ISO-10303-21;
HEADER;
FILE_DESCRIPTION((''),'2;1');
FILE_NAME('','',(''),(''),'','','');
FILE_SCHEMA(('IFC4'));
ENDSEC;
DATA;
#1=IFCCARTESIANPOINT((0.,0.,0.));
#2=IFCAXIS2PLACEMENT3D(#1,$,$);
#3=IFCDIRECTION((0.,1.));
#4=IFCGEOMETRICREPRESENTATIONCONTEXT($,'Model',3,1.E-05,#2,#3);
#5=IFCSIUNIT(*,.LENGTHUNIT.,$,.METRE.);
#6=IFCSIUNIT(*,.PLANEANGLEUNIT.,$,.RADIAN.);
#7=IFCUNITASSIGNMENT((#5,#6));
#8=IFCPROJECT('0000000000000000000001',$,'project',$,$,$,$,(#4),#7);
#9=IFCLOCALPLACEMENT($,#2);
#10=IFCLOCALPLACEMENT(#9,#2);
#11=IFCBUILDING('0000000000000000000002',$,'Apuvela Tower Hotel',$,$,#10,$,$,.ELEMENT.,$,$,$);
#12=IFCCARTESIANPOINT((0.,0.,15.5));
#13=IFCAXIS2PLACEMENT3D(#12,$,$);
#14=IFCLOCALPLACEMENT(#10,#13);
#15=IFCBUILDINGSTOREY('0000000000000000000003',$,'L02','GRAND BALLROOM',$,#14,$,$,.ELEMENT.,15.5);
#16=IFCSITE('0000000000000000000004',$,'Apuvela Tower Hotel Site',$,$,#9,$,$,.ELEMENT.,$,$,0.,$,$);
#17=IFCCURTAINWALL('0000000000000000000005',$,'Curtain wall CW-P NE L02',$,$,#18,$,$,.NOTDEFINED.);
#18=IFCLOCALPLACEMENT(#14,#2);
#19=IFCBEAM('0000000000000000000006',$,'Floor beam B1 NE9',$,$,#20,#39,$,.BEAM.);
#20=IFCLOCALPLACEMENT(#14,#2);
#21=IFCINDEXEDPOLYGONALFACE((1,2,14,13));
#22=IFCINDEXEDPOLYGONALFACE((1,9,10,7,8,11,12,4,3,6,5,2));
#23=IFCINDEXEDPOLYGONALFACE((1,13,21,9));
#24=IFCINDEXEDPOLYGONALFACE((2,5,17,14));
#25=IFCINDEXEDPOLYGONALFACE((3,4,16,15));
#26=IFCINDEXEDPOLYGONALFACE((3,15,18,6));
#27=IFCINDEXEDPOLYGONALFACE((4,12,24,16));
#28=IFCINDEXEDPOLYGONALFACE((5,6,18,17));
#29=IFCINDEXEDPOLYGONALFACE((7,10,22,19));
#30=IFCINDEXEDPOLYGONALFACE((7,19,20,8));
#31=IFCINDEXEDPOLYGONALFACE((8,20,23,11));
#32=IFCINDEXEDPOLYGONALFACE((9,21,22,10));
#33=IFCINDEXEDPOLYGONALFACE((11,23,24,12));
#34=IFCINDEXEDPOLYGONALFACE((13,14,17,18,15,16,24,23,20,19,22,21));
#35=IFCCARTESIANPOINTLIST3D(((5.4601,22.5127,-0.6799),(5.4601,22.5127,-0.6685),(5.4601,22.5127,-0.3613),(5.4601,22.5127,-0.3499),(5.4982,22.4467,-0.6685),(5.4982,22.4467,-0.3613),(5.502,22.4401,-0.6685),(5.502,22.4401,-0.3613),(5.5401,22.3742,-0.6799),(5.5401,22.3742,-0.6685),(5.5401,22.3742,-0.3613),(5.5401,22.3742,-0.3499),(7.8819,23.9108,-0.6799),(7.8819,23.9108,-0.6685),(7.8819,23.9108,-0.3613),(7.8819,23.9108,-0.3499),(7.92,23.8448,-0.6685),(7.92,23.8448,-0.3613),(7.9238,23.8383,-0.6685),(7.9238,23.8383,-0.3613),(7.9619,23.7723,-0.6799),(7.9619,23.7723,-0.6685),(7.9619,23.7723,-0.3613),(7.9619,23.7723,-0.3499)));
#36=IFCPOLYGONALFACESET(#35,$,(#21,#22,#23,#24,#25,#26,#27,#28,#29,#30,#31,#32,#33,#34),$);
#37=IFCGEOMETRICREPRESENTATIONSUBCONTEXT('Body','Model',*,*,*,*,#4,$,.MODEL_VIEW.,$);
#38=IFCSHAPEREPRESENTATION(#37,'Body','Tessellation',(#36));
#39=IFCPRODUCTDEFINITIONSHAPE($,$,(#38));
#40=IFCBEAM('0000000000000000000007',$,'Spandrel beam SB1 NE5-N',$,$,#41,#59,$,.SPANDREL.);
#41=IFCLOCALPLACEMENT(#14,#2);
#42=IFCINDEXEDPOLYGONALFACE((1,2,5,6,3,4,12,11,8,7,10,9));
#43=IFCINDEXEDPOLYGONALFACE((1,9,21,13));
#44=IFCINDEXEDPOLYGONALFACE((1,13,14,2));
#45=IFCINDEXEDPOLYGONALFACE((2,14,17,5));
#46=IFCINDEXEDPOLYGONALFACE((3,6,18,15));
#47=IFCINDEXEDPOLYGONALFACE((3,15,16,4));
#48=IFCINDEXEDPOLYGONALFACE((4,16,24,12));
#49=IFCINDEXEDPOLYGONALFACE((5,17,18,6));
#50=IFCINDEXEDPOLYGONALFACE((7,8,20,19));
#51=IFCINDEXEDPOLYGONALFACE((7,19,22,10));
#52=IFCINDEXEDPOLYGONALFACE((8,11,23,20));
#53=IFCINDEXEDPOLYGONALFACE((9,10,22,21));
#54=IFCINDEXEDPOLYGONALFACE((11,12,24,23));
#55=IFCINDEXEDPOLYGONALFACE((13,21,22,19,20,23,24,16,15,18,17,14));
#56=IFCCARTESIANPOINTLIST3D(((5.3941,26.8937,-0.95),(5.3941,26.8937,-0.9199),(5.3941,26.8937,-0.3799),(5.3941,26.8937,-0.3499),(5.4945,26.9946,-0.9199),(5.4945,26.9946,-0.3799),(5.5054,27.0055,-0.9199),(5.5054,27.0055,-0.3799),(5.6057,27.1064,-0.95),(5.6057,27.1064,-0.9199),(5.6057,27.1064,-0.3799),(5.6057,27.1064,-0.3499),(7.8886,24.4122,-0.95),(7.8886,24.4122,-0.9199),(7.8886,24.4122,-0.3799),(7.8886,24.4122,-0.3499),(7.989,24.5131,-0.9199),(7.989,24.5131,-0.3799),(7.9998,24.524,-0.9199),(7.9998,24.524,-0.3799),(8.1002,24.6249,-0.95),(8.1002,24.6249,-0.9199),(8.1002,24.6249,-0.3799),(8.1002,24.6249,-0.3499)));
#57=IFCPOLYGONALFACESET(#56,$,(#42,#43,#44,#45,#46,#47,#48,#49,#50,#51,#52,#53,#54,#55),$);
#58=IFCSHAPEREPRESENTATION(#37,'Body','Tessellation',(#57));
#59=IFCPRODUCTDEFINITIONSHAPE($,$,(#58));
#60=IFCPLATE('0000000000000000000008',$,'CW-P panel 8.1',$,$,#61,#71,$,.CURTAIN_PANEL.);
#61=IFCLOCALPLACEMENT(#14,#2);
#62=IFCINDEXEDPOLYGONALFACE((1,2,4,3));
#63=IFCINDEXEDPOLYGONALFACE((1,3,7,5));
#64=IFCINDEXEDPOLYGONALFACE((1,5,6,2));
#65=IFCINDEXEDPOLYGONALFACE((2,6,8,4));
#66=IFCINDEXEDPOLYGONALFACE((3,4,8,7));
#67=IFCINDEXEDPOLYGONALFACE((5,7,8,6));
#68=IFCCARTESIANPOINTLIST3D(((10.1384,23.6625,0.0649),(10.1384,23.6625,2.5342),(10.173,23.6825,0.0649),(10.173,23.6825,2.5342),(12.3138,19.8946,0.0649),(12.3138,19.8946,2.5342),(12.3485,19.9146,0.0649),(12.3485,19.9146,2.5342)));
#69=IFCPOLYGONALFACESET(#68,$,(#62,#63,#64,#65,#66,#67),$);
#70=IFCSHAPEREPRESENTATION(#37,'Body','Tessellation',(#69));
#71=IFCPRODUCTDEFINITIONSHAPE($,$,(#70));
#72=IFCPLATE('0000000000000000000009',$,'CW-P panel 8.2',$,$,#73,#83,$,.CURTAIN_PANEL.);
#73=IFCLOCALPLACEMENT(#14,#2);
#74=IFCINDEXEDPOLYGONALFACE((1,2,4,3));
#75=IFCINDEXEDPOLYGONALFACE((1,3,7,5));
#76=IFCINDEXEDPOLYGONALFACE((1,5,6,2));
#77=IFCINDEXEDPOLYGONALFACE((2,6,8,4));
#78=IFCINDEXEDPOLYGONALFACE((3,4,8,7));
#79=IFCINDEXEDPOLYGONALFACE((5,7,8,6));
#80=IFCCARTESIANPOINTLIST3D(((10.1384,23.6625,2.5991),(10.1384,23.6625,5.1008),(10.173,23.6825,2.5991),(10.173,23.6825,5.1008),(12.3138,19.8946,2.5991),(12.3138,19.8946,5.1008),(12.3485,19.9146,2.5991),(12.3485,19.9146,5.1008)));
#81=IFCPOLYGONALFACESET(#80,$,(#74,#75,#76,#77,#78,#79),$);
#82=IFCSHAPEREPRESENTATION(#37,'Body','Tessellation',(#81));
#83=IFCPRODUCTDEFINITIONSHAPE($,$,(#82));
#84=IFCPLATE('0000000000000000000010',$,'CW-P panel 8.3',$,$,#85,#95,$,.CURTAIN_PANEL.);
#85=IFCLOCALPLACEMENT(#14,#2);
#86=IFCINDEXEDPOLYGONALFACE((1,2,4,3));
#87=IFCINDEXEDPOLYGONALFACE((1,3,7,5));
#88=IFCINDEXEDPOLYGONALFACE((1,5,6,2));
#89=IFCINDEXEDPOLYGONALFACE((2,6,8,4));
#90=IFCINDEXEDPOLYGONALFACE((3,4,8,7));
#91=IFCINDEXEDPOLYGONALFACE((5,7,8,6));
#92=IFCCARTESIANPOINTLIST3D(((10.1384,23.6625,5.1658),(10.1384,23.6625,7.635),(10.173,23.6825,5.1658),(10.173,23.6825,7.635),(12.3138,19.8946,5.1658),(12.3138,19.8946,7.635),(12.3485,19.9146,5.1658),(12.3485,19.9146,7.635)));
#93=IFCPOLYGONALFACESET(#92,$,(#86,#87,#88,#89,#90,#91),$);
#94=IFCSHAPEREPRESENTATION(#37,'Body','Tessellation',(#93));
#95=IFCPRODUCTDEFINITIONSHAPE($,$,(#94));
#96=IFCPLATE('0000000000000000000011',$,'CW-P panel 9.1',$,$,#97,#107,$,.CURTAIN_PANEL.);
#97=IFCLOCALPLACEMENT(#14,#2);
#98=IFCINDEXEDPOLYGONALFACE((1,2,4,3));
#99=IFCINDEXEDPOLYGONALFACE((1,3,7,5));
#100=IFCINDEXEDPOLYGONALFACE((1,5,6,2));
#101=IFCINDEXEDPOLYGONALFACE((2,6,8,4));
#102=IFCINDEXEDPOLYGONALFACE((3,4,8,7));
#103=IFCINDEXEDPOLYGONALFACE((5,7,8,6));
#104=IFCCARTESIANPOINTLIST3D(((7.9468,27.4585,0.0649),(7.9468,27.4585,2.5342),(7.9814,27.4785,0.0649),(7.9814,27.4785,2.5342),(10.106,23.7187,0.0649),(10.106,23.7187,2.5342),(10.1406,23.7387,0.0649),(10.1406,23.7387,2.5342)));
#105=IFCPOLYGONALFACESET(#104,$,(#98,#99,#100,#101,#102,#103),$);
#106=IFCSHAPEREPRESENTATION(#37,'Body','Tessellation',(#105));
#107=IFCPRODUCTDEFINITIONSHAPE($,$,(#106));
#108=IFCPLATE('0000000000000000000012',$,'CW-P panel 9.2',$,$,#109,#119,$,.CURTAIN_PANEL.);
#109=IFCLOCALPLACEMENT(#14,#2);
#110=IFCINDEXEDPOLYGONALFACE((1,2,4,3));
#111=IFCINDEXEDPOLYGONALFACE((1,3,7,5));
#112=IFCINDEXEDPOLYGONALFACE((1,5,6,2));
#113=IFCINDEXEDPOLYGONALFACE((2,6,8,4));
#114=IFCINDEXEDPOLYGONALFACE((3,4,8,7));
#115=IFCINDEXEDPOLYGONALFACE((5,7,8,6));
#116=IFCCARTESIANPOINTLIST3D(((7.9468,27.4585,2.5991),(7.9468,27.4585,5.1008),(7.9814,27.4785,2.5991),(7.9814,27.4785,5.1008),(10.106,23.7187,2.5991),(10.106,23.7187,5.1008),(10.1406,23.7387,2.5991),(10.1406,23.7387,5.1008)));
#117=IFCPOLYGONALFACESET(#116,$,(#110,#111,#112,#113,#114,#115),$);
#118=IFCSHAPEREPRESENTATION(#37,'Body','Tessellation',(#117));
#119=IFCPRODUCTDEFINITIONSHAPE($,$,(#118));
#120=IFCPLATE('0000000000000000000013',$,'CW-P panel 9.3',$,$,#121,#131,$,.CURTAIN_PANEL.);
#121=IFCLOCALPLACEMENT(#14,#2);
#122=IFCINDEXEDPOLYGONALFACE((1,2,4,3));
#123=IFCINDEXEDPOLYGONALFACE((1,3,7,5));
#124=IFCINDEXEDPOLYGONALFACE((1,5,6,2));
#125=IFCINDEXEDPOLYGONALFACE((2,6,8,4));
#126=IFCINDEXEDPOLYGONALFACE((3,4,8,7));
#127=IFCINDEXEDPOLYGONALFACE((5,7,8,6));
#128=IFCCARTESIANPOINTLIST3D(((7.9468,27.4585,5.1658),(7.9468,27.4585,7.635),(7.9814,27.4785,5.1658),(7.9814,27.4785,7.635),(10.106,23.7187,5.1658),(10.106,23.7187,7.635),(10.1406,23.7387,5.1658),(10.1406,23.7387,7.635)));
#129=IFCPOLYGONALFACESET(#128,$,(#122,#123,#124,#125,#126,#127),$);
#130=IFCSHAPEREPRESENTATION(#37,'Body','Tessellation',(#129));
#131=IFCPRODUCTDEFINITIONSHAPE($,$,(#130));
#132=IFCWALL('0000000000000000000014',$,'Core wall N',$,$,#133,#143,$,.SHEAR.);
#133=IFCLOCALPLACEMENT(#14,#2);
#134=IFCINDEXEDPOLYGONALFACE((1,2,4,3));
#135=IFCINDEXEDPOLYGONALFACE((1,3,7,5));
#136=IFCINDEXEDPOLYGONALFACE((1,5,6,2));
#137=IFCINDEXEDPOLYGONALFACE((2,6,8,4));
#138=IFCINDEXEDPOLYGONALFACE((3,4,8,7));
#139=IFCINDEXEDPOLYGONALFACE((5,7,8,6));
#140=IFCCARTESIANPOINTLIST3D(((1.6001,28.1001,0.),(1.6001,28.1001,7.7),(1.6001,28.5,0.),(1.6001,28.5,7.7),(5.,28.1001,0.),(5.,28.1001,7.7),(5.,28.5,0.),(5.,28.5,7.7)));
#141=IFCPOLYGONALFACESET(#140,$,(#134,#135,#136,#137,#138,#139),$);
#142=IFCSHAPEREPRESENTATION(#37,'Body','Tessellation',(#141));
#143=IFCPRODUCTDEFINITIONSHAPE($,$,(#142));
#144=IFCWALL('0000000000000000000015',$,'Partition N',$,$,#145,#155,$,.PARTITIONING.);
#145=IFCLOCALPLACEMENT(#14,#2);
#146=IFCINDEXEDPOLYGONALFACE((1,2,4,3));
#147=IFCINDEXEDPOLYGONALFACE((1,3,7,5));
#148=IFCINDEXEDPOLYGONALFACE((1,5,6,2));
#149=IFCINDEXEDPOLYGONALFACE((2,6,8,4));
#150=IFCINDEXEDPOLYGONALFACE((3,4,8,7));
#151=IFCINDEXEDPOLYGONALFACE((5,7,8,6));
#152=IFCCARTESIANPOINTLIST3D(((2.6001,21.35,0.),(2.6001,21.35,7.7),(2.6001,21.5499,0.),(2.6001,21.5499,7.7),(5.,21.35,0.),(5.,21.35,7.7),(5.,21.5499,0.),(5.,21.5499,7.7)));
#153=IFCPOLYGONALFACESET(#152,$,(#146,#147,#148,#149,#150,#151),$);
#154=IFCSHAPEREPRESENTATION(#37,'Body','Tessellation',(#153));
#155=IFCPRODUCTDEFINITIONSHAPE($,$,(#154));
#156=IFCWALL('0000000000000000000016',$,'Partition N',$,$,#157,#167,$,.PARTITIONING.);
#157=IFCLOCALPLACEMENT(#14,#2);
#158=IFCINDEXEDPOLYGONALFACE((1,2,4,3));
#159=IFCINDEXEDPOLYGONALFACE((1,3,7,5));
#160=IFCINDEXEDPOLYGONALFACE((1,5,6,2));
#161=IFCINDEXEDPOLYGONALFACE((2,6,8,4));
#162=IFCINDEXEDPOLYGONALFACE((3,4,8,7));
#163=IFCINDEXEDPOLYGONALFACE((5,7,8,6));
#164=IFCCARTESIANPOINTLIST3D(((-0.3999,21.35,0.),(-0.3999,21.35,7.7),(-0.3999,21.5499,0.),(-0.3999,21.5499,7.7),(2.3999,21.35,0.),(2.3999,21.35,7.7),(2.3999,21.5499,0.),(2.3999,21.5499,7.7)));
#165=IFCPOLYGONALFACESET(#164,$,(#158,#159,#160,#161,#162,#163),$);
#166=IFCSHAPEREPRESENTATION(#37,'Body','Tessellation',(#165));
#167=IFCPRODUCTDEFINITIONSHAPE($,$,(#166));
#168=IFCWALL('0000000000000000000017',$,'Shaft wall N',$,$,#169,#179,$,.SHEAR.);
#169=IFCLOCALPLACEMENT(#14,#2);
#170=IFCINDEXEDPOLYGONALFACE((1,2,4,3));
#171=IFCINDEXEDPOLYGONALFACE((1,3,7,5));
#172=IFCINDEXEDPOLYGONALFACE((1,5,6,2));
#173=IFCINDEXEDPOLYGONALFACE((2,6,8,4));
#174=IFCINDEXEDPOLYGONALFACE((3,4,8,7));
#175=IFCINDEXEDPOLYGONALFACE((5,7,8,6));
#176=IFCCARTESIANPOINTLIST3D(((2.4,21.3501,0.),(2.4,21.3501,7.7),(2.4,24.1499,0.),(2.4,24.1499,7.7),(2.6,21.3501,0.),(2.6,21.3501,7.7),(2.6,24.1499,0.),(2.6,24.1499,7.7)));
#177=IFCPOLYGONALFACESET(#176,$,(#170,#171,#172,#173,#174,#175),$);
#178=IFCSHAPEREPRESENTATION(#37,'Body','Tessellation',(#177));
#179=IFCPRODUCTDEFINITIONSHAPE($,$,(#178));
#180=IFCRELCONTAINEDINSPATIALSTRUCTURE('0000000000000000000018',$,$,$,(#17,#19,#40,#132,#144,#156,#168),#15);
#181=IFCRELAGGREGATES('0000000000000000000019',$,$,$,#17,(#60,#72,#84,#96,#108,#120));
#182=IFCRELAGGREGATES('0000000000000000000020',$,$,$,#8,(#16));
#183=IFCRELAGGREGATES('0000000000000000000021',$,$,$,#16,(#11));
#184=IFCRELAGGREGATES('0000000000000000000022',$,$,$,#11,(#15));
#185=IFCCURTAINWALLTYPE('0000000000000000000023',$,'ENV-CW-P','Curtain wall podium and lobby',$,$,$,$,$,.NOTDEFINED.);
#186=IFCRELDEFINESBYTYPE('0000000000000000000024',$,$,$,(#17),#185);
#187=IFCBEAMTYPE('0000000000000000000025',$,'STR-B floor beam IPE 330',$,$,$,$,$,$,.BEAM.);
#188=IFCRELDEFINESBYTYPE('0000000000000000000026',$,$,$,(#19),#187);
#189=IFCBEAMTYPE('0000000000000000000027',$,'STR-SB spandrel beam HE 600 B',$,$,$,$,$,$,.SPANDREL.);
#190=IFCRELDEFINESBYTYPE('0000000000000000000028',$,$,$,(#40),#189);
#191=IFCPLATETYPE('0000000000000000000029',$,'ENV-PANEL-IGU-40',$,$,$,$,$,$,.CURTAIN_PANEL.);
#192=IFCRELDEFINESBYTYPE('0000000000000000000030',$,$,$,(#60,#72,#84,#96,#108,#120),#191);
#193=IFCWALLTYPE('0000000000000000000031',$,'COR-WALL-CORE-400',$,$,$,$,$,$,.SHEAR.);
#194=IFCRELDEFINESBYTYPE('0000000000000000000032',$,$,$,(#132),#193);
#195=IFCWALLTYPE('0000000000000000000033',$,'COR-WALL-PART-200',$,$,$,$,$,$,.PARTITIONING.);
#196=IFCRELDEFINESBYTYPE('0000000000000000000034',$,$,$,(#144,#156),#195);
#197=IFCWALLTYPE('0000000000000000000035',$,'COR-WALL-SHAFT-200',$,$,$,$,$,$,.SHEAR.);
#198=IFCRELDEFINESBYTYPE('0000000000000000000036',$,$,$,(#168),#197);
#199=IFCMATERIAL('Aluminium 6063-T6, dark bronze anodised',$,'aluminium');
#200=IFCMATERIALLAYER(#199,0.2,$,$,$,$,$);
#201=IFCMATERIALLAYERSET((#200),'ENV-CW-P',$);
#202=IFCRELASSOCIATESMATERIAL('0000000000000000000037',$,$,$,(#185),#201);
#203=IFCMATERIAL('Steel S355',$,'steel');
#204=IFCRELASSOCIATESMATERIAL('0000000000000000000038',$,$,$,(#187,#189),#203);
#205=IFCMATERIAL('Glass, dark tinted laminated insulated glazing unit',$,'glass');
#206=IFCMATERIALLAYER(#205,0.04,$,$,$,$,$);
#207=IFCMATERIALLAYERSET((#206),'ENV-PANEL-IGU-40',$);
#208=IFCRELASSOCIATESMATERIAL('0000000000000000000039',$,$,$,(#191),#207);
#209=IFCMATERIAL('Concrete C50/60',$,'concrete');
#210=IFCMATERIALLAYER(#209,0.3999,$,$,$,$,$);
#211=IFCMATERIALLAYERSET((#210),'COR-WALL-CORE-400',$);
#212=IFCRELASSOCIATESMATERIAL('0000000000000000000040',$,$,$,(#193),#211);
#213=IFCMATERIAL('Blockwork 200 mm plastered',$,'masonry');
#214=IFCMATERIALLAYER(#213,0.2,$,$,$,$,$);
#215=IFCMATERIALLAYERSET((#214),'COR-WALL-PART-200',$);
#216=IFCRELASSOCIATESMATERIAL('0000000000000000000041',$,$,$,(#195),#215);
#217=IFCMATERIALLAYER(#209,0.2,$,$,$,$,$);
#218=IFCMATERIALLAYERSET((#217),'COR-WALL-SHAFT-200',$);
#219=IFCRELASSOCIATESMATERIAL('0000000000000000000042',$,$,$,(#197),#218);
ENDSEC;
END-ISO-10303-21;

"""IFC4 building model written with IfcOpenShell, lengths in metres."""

from ifc_helpers import new_model, si_unit, direction, frame, frame_2d, origin, origin_2d, place, context, subcontext, project, spatial, rectangle, i_section, extrude, material, layer, layer_set, material_profile, profile_set, type_object, element, aggregate, save


model = new_model("IFC4")

# Units and contexts
model_context = context("Model", 3, precision=1e-05, world=origin(), true_north=direction((0.0, 1.0)))
body_context = subcontext(model_context, "Body", "Model", "MODEL_VIEW")
ifc_project = project(units=[si_unit("LENGTHUNIT", "METRE"), si_unit("PLANEANGLEUNIT", "RADIAN")], contexts=[model_context])

# Site, building, storey
site_placement = place(None, origin())
site = spatial("IfcSite", under=ifc_project, at=site_placement, Name="Apuvela Tower Hotel Site", CompositionType="ELEMENT", RefElevation=0.0)
building_placement = place(site_placement, origin())
building = spatial("IfcBuilding", under=site, at=building_placement, Name="Apuvela Tower Hotel", CompositionType="ELEMENT")
storey_placement = place(building_placement, frame((0.0, 0.0, 15.5)))
storey = spatial("IfcBuildingStorey", under=building, at=storey_placement, Name="L02", Description="GRAND BALLROOM", CompositionType="ELEMENT", Elevation=15.5)

# Curtain wall
ifc_material_1 = material(Name="Aluminium 6063-T6, dark bronze anodised", Category="aluminium")
ifc_layer_1 = layer(ifc_material_1, 0.2)
ifc_layer_set_1 = layer_set([ifc_layer_1], Name="ENV-CW-P")
curtain_wall_type = type_object("IfcCurtainWallType", Name="ENV-CW-P", Description="Curtain wall podium and lobby", PredefinedType="NOTDEFINED", material=ifc_layer_set_1)
curtain_wall_placement = place(storey_placement, origin())
curtain_wall = element("IfcCurtainWall", 1, at=curtain_wall_placement, inside=storey, type_object=curtain_wall_type, Name="Curtain wall CW-P NE L02", PredefinedType="NOTDEFINED")

# Beams
ifc_material_2 = material(Name="Steel S355", Category="steel")
ifc_material_profile_1 = material_profile(ifc_material_2, i_section(OverallWidth=0.1599, OverallDepth=0.3301, WebThickness=0.0076, FlangeThickness=0.0115, at=origin_2d()), Name="IPE 330")
ifc_profile_set_1 = profile_set([ifc_material_profile_1], Name="Steel S355")
beam_type_1 = type_object("IfcBeamType", Name="STR-B floor beam IPE 330", PredefinedType="BEAM", material=ifc_profile_set_1)
beam_1_placement = place(storey_placement, frame((7.9219, 23.8416, -0.5149), z_axis=(-0.866037, -0.499979, 0.0), x_axis=(0.499979, -0.866037, 0.0)))
element("IfcBeam", 2, at=beam_1_placement, inside=storey, type_object=beam_type_1, Name="Floor beam B1 NE9", PredefinedType="BEAM", context=body_context, shape_type="SweptSolid", body=[
    extrude(i_section(OverallWidth=0.1599, OverallDepth=0.3301, WebThickness=0.0076, FlangeThickness=0.0115, at=origin_2d()), origin(), (0.0, 0.0, 1.0), 2.7964),
])
ifc_material_profile_2 = material_profile(ifc_material_2, i_section(OverallWidth=0.3, OverallDepth=0.6001, WebThickness=0.0154, FlangeThickness=0.03, at=origin_2d()), Name="HE 600 B")
ifc_profile_set_2 = profile_set([ifc_material_profile_2], Name="Steel S355")
beam_type_2 = type_object("IfcBeamType", Name="STR-SB spandrel beam HE 600 B", PredefinedType="SPANDREL", material=ifc_profile_set_2)
beam_2_placement = place(storey_placement, frame((7.9944, 24.5186, -0.6499), z_axis=(-0.708943, 0.705266, 0.0), x_axis=(-0.705266, -0.708943, 0.0)))
element("IfcBeam", 3, at=beam_2_placement, inside=storey, type_object=beam_type_2, Name="Spandrel beam SB1 NE5-N", PredefinedType="SPANDREL", context=body_context, shape_type="SweptSolid", body=[
    extrude(i_section(OverallWidth=0.3, OverallDepth=0.6001, WebThickness=0.0154, FlangeThickness=0.03, at=origin_2d()), origin(), (0.0, 0.0, 1.0), 3.5186),
])

# Plates
ifc_material_3 = material(Name="Glass, dark tinted laminated insulated glazing unit", Category="glass")
ifc_layer_2 = layer(ifc_material_3, 0.04)
ifc_layer_set_2 = layer_set([ifc_layer_2], Name="ENV-PANEL-IGU-40")
plate_type = type_object("IfcPlateType", Name="ENV-PANEL-IGU-40", PredefinedType="CURTAIN_PANEL", material=ifc_layer_set_2)
plate_1_placement = place(storey_placement, frame((11.2434, 21.7886, 0.0649), z_axis=(0.0, 0.0, 1.0), x_axis=(-0.500001, 0.866025, 0.0)))
plate_1 = element("IfcPlate", 4, at=plate_1_placement, type_object=plate_type, Name="CW-P panel 8.1", PredefinedType="CURTAIN_PANEL", context=body_context, shape_type="SweptSolid", body=[
    extrude(rectangle(XDim=4.3508, YDim=0.04, at=origin_2d()), origin(), (0.0, 0.0, 1.0), 2.4692),
])
plate_2_placement = place(storey_placement, frame((11.2434, 21.7886, 2.5991), z_axis=(0.0, 0.0, 1.0), x_axis=(-0.500001, 0.866025, 0.0)))
plate_2 = element("IfcPlate", 5, at=plate_2_placement, type_object=plate_type, Name="CW-P panel 8.2", PredefinedType="CURTAIN_PANEL", context=body_context, shape_type="SweptSolid", body=[
    extrude(rectangle(XDim=4.3508, YDim=0.04, at=origin_2d()), origin(), (0.0, 0.0, 1.0), 2.5017),
])
plate_3_placement = place(storey_placement, frame((11.2434, 21.7886, 5.1658), z_axis=(0.0, 0.0, 1.0), x_axis=(-0.500001, 0.866025, 0.0)))
plate_3 = element("IfcPlate", 6, at=plate_3_placement, type_object=plate_type, Name="CW-P panel 8.3", PredefinedType="CURTAIN_PANEL", context=body_context, shape_type="SweptSolid", body=[
    extrude(rectangle(XDim=4.3508, YDim=0.04, at=origin_2d()), origin(), (0.0, 0.0, 1.0), 2.4692),
])
plate_4_placement = place(storey_placement, frame((9.0437, 25.5986, 0.0649), z_axis=(0.0, 0.0, 1.0), x_axis=(-0.500001, 0.866025, 0.0)))
plate_4 = element("IfcPlate", 7, at=plate_4_placement, type_object=plate_type, Name="CW-P panel 9.1", PredefinedType="CURTAIN_PANEL", context=body_context, shape_type="SweptSolid", body=[
    extrude(rectangle(XDim=4.3184, YDim=0.04, at=origin_2d()), origin(), (0.0, 0.0, 1.0), 2.4692),
])
plate_5_placement = place(storey_placement, frame((9.0437, 25.5986, 2.5991), z_axis=(0.0, 0.0, 1.0), x_axis=(-0.500001, 0.866025, 0.0)))
plate_5 = element("IfcPlate", 8, at=plate_5_placement, type_object=plate_type, Name="CW-P panel 9.2", PredefinedType="CURTAIN_PANEL", context=body_context, shape_type="SweptSolid", body=[
    extrude(rectangle(XDim=4.3184, YDim=0.04, at=origin_2d()), origin(), (0.0, 0.0, 1.0), 2.5017),
])
plate_6_placement = place(storey_placement, frame((9.0437, 25.5986, 5.1658), z_axis=(0.0, 0.0, 1.0), x_axis=(-0.500001, 0.866025, 0.0)))
plate_6 = element("IfcPlate", 9, at=plate_6_placement, type_object=plate_type, Name="CW-P panel 9.3", PredefinedType="CURTAIN_PANEL", context=body_context, shape_type="SweptSolid", body=[
    extrude(rectangle(XDim=4.3184, YDim=0.04, at=origin_2d()), origin(), (0.0, 0.0, 1.0), 2.4692),
])
aggregate(curtain_wall, [plate_1, plate_2, plate_3, plate_4, plate_5, plate_6])

# Walls
ifc_material_4 = material(Name="Concrete C50/60", Category="concrete")
ifc_layer_3 = layer(ifc_material_4, 0.3999)
ifc_layer_set_3 = layer_set([ifc_layer_3], Name="COR-WALL-CORE-400")
wall_type_1 = type_object("IfcWallType", Name="COR-WALL-CORE-400", PredefinedType="SHEAR", material=ifc_layer_set_3)
wall_1_placement = place(storey_placement, frame((5.0, 28.3, 0.0), z_axis=(0.0, 0.0, 1.0), x_axis=(-1.0, 0.0, 0.0)))
element("IfcWall", 10, at=wall_1_placement, inside=storey, type_object=wall_type_1, Name="Core wall N", PredefinedType="SHEAR", context=body_context, shape_type="SweptSolid", body=[
    extrude(rectangle(XDim=3.3999, YDim=0.3999, at=frame_2d((1.7, 0.0))), origin(), (0.0, 0.0, 1.0), 7.7),
])
ifc_material_5 = material(Name="Blockwork 200 mm plastered", Category="masonry")
ifc_layer_4 = layer(ifc_material_5, 0.2)
ifc_layer_set_4 = layer_set([ifc_layer_4], Name="COR-WALL-PART-200")
wall_type_2 = type_object("IfcWallType", Name="COR-WALL-PART-200", PredefinedType="PARTITIONING", material=ifc_layer_set_4)
wall_2_placement = place(storey_placement, frame((5.0, 21.45, 0.0), z_axis=(0.0, 0.0, 1.0), x_axis=(-1.0, 0.0, 0.0)))
element("IfcWall", 11, at=wall_2_placement, inside=storey, type_object=wall_type_2, Name="Partition N", PredefinedType="PARTITIONING", context=body_context, shape_type="SweptSolid", body=[
    extrude(rectangle(XDim=2.3999, YDim=0.2, at=frame_2d((1.2, 0.0))), origin(), (0.0, 0.0, 1.0), 7.7),
])
wall_3_placement = place(storey_placement, frame((2.3999, 21.45, 0.0), z_axis=(0.0, 0.0, 1.0), x_axis=(-1.0, 0.0, 0.0)))
element("IfcWall", 12, at=wall_3_placement, inside=storey, type_object=wall_type_2, Name="Partition N", PredefinedType="PARTITIONING", context=body_context, shape_type="SweptSolid", body=[
    extrude(rectangle(XDim=2.7998, YDim=0.2, at=frame_2d((1.3999, 0.0))), origin(), (0.0, 0.0, 1.0), 7.7),
])
ifc_layer_5 = layer(ifc_material_4, 0.2)
ifc_layer_set_5 = layer_set([ifc_layer_5], Name="COR-WALL-SHAFT-200")
wall_type_3 = type_object("IfcWallType", Name="COR-WALL-SHAFT-200", PredefinedType="SHEAR", material=ifc_layer_set_5)
wall_4_placement = place(storey_placement, frame((2.5, 21.3501, 0.0), z_axis=(0.0, 0.0, 1.0), x_axis=(0.0, 1.0, 0.0)))
element("IfcWall", 13, at=wall_4_placement, inside=storey, type_object=wall_type_3, Name="Shaft wall N", PredefinedType="SHEAR", context=body_context, shape_type="SweptSolid", body=[
    extrude(rectangle(XDim=2.7998, YDim=0.2, at=frame_2d((1.3999, 0.0))), origin(), (0.0, 0.0, 1.0), 7.7),
])

save(model, "model.ifc")
